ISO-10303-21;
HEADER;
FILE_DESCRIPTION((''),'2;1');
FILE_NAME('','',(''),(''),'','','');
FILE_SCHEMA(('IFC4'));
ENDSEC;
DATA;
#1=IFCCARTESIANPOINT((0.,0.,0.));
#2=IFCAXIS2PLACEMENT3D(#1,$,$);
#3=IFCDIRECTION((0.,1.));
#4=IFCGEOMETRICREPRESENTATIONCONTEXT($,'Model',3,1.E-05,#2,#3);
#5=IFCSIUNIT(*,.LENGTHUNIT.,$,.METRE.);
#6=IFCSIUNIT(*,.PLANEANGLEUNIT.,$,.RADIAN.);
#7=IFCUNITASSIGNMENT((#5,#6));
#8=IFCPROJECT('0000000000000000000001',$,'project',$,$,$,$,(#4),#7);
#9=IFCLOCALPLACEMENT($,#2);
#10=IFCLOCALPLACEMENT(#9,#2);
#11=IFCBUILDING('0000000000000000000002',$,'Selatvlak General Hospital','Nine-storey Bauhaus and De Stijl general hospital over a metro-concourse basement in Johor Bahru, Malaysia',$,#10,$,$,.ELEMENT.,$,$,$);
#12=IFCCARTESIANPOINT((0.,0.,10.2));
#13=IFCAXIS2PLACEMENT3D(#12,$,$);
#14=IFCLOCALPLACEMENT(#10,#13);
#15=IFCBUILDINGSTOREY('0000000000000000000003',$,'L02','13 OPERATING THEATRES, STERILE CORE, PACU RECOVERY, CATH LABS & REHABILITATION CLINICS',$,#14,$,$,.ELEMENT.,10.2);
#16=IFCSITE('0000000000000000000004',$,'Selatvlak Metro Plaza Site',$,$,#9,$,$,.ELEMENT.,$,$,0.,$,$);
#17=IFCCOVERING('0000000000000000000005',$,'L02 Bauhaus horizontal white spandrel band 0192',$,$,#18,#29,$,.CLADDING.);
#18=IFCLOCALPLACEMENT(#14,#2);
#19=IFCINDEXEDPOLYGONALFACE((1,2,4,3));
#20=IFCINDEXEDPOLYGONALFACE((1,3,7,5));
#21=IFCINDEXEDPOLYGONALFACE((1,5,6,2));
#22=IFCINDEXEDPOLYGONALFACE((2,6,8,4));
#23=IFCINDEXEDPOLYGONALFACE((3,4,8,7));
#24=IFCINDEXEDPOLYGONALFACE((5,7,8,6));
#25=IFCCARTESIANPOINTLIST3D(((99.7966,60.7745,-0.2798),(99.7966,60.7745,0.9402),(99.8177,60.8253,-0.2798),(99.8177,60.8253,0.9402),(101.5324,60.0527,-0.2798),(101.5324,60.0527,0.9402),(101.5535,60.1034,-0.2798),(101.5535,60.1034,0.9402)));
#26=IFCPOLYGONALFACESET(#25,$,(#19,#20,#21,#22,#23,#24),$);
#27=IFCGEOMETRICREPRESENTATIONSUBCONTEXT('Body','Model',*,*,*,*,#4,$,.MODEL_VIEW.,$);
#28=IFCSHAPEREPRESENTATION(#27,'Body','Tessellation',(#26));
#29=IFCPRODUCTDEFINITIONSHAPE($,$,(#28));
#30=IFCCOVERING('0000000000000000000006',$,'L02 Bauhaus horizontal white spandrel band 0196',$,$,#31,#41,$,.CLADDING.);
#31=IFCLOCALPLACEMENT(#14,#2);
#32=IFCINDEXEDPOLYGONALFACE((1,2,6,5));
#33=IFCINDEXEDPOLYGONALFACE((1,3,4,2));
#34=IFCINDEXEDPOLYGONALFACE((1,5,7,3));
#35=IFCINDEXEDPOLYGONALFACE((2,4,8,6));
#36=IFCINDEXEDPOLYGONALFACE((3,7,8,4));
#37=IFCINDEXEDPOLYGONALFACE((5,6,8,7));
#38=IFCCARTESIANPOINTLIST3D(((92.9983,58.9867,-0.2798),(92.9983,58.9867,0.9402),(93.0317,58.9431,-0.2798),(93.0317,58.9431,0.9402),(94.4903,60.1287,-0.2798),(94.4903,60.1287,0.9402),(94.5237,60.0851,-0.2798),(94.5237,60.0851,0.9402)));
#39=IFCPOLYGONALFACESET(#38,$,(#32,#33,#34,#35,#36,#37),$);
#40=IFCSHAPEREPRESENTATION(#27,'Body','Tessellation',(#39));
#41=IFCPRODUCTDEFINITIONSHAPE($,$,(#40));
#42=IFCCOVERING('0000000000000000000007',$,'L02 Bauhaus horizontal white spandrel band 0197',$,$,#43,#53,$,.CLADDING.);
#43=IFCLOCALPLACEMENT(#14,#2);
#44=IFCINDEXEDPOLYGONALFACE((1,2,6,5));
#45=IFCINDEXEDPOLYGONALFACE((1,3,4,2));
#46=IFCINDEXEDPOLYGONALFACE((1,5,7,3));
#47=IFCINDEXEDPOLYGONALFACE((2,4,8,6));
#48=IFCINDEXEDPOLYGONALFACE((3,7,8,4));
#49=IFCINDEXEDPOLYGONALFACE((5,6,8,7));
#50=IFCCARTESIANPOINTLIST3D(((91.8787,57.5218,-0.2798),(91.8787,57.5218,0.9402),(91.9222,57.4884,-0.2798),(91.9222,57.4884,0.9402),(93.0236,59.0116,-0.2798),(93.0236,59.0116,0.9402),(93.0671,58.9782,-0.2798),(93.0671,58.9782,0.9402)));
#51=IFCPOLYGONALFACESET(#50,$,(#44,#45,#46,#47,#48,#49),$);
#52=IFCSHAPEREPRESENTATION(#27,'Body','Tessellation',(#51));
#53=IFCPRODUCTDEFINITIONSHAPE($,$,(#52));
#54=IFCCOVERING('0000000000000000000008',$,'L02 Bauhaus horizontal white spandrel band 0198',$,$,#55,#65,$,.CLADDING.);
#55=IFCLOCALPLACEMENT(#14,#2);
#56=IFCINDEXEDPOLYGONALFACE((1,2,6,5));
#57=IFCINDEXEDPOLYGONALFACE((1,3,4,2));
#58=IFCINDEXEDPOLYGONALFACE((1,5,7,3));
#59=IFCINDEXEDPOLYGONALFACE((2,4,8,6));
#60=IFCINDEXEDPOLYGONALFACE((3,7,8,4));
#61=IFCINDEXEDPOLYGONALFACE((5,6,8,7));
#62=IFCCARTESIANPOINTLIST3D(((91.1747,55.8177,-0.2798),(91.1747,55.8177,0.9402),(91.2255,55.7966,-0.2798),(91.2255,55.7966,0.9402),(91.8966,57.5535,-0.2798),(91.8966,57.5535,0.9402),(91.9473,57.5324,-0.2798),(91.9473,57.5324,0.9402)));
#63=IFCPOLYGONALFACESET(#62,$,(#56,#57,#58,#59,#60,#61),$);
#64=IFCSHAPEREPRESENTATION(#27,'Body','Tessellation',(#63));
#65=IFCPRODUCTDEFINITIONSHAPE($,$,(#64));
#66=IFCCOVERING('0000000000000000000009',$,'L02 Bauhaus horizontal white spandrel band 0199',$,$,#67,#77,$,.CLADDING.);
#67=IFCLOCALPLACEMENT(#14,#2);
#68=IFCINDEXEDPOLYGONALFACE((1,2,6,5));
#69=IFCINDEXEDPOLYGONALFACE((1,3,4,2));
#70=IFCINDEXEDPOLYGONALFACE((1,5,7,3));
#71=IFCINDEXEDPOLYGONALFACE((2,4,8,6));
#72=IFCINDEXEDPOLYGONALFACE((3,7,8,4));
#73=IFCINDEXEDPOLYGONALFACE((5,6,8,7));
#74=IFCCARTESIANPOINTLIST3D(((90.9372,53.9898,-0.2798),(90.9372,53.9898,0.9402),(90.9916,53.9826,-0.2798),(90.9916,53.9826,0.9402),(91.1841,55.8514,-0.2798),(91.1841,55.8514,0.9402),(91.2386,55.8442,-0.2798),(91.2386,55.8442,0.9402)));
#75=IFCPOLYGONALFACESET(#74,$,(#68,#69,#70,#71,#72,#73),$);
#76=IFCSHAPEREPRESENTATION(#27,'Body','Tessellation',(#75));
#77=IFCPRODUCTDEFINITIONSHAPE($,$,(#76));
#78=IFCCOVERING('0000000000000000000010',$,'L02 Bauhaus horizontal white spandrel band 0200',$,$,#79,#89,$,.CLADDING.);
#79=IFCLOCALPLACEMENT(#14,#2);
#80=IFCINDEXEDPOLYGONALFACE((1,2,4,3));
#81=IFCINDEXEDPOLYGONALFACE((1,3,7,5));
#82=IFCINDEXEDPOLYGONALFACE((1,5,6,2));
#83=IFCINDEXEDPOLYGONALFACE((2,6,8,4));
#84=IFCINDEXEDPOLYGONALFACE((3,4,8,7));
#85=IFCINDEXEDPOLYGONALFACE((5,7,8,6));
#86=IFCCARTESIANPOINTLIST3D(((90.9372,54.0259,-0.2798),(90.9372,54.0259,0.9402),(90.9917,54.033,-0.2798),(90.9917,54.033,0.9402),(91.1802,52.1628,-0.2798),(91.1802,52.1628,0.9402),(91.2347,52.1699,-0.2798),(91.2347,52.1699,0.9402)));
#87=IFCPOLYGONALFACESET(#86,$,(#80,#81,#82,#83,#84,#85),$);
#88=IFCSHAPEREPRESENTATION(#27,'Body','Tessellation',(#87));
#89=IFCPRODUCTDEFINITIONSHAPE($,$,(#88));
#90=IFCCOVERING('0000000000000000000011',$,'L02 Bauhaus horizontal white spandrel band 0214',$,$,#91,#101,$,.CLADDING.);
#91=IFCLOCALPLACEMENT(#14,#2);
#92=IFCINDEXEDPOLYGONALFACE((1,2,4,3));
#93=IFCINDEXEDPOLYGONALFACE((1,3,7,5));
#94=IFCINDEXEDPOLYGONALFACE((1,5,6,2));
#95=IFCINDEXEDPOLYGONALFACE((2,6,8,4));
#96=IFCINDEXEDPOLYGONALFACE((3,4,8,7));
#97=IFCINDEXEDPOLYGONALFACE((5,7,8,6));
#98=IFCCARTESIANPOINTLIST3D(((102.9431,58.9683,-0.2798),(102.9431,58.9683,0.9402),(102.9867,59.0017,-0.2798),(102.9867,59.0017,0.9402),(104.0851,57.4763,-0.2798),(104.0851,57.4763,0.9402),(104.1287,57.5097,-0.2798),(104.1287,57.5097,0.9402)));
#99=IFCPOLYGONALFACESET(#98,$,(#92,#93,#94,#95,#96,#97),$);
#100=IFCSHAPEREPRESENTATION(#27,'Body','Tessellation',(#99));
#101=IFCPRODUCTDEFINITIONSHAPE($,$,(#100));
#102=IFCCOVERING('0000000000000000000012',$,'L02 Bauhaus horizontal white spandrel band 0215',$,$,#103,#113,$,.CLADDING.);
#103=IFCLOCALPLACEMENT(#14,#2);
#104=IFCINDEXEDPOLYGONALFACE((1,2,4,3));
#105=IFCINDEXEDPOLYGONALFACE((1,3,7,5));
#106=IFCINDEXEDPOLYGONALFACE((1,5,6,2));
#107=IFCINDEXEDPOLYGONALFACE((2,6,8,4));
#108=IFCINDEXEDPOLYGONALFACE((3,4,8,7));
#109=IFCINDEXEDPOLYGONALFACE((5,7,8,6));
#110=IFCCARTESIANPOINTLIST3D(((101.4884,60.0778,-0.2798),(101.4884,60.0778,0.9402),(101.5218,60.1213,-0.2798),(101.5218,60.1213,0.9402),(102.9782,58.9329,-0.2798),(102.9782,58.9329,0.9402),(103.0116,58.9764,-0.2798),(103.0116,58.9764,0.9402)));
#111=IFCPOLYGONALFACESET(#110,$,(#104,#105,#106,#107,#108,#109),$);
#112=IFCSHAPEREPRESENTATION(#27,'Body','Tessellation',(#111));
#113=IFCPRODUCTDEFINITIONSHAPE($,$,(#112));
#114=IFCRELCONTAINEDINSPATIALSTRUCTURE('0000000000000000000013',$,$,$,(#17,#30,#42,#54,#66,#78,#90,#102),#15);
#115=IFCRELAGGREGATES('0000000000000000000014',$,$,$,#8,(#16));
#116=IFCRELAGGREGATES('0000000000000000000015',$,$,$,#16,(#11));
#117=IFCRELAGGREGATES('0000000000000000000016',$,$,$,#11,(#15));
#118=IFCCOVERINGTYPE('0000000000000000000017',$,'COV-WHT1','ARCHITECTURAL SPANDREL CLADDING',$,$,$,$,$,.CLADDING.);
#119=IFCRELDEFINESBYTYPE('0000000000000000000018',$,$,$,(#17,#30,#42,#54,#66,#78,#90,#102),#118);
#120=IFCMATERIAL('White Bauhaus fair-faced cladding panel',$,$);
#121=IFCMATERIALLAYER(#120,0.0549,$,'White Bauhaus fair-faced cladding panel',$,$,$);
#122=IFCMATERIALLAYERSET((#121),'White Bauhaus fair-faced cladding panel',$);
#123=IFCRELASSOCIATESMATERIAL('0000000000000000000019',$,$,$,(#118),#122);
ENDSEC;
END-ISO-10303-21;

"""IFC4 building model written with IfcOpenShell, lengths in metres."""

from ifc_helpers import new_model, si_unit, direction, frame, origin, origin_2d, place, context, subcontext, project, spatial, rectangle, extrude, material, layer, layer_set, type_object, element, save


model = new_model("IFC4")

# Units and contexts
model_context = context("Model", 3, precision=1e-05, world=origin(), true_north=direction((0.0, 1.0)))
body_context = subcontext(model_context, "Body", "Model", "MODEL_VIEW")
ifc_project = project(units=[si_unit("LENGTHUNIT", "METRE"), si_unit("PLANEANGLEUNIT", "RADIAN")], contexts=[model_context])

# Site, building, storey
site_placement = place(None, origin())
site = spatial("IfcSite", under=ifc_project, at=site_placement, Name="Selatvlak Metro Plaza Site", CompositionType="ELEMENT", RefElevation=0.0)
building_placement = place(site_placement, origin())
building = spatial("IfcBuilding", under=site, at=building_placement, Name="Selatvlak General Hospital", Description="Nine-storey Bauhaus and De Stijl general hospital over a metro-concourse basement in Johor Bahru, Malaysia", CompositionType="ELEMENT")
storey_placement = place(building_placement, frame((0.0, 0.0, 10.2)))
storey = spatial("IfcBuildingStorey", under=building, at=storey_placement, Name="L02", Description="13 OPERATING THEATRES, STERILE CORE, PACU RECOVERY, CATH LABS & REHABILITATION CLINICS", CompositionType="ELEMENT", Elevation=10.2)

# Coverings
ifc_material_1 = material(Name="White Bauhaus fair-faced cladding panel")
ifc_layer_1 = layer(ifc_material_1, 0.0549, Name="White Bauhaus fair-faced cladding panel")
ifc_layer_set_1 = layer_set([ifc_layer_1], Name="White Bauhaus fair-faced cladding panel")
covering_type = type_object("IfcCoveringType", Name="COV-WHT1", Description="ARCHITECTURAL SPANDREL CLADDING", PredefinedType="CLADDING", material=ifc_layer_set_1)
covering_1_placement = place(storey_placement, frame((100.675, 60.439, -0.2798), z_axis=(0.0, 0.0, 1.0), x_axis=(-0.923331, 0.384005, 0.0)))
element("IfcCovering", 1, at=covering_1_placement, inside=storey, type_object=covering_type, Name="L02 Bauhaus horizontal white spandrel band 0192", PredefinedType="CLADDING", context=body_context, shape_type="SweptSolid", body=[
    extrude(rectangle(XDim=1.8799, YDim=0.0549, at=origin_2d()), origin(), (0.0, 0.0, 1.0), 1.22),
])
for number, where, z_axis, x_axis, name in (
    (2, (93.761, 59.5359, -0.2798), (0.0, 0.0, 1.0), (-0.794086, -0.607806, 0.0), "L02 Bauhaus horizontal white spandrel band 0196"),
    (3, (92.4729, 58.25, -0.2798), (0.0, 0.0, 1.0), (-0.609329, -0.792918, 0.0), "L02 Bauhaus horizontal white spandrel band 0197"),
):
    element("IfcCovering", number, at=place(storey_placement, frame(where, z_axis=z_axis, x_axis=x_axis)), inside=storey, type_object=covering_type, Name=name, PredefinedType="CLADDING", context=body_context, shape_type="SweptSolid", body=[
        extrude(rectangle(XDim=1.8789, YDim=0.0549, at=origin_2d()), origin(), (0.0, 0.0, 1.0), 1.22),
    ])
covering_2_placement = place(storey_placement, frame((91.561, 56.675, -0.2798), z_axis=(0.0, 0.0, 1.0), x_axis=(-0.384005, -0.923331, 0.0)))
element("IfcCovering", 4, at=covering_2_placement, inside=storey, type_object=covering_type, Name="L02 Bauhaus horizontal white spandrel band 0198", PredefinedType="CLADDING", context=body_context, shape_type="SweptSolid", body=[
    extrude(rectangle(XDim=1.8799, YDim=0.0549, at=origin_2d()), origin(), (0.0, 0.0, 1.0), 1.22),
])
covering_3_placement = place(storey_placement, frame((91.0879, 54.917, -0.2798), z_axis=(0.0, 0.0, 1.0), x_axis=(-0.131495, -0.991317, 0.0)))
element("IfcCovering", 5, at=covering_3_placement, inside=storey, type_object=covering_type, Name="L02 Bauhaus horizontal white spandrel band 0199", PredefinedType="CLADDING", context=body_context, shape_type="SweptSolid", body=[
    extrude(rectangle(XDim=1.8779, YDim=0.0549, at=origin_2d()), origin(), (0.0, 0.0, 1.0), 1.22),
])
for number, where, z_axis, x_axis, name in (
    (6, (91.0859, 53.0979, -0.2798), (0.0, 0.0, 1.0), (0.129332, -0.991601, 0.0), "L02 Bauhaus horizontal white spandrel band 0200"),
    (7, (103.5359, 58.239, -0.2798), (0.0, 0.0, 1.0), (-0.607806, 0.794086, 0.0), "L02 Bauhaus horizontal white spandrel band 0214"),
    (8, (102.25, 59.5271, -0.2798), (0.0, 0.0, 1.0), (-0.792918, 0.609329, 0.0), "L02 Bauhaus horizontal white spandrel band 0215"),
):
    element("IfcCovering", number, at=place(storey_placement, frame(where, z_axis=z_axis, x_axis=x_axis)), inside=storey, type_object=covering_type, Name=name, PredefinedType="CLADDING", context=body_context, shape_type="SweptSolid", body=[
        extrude(rectangle(XDim=1.8789, YDim=0.0549, at=origin_2d()), origin(), (0.0, 0.0, 1.0), 1.22),
    ])

save(model, "model.ifc")
